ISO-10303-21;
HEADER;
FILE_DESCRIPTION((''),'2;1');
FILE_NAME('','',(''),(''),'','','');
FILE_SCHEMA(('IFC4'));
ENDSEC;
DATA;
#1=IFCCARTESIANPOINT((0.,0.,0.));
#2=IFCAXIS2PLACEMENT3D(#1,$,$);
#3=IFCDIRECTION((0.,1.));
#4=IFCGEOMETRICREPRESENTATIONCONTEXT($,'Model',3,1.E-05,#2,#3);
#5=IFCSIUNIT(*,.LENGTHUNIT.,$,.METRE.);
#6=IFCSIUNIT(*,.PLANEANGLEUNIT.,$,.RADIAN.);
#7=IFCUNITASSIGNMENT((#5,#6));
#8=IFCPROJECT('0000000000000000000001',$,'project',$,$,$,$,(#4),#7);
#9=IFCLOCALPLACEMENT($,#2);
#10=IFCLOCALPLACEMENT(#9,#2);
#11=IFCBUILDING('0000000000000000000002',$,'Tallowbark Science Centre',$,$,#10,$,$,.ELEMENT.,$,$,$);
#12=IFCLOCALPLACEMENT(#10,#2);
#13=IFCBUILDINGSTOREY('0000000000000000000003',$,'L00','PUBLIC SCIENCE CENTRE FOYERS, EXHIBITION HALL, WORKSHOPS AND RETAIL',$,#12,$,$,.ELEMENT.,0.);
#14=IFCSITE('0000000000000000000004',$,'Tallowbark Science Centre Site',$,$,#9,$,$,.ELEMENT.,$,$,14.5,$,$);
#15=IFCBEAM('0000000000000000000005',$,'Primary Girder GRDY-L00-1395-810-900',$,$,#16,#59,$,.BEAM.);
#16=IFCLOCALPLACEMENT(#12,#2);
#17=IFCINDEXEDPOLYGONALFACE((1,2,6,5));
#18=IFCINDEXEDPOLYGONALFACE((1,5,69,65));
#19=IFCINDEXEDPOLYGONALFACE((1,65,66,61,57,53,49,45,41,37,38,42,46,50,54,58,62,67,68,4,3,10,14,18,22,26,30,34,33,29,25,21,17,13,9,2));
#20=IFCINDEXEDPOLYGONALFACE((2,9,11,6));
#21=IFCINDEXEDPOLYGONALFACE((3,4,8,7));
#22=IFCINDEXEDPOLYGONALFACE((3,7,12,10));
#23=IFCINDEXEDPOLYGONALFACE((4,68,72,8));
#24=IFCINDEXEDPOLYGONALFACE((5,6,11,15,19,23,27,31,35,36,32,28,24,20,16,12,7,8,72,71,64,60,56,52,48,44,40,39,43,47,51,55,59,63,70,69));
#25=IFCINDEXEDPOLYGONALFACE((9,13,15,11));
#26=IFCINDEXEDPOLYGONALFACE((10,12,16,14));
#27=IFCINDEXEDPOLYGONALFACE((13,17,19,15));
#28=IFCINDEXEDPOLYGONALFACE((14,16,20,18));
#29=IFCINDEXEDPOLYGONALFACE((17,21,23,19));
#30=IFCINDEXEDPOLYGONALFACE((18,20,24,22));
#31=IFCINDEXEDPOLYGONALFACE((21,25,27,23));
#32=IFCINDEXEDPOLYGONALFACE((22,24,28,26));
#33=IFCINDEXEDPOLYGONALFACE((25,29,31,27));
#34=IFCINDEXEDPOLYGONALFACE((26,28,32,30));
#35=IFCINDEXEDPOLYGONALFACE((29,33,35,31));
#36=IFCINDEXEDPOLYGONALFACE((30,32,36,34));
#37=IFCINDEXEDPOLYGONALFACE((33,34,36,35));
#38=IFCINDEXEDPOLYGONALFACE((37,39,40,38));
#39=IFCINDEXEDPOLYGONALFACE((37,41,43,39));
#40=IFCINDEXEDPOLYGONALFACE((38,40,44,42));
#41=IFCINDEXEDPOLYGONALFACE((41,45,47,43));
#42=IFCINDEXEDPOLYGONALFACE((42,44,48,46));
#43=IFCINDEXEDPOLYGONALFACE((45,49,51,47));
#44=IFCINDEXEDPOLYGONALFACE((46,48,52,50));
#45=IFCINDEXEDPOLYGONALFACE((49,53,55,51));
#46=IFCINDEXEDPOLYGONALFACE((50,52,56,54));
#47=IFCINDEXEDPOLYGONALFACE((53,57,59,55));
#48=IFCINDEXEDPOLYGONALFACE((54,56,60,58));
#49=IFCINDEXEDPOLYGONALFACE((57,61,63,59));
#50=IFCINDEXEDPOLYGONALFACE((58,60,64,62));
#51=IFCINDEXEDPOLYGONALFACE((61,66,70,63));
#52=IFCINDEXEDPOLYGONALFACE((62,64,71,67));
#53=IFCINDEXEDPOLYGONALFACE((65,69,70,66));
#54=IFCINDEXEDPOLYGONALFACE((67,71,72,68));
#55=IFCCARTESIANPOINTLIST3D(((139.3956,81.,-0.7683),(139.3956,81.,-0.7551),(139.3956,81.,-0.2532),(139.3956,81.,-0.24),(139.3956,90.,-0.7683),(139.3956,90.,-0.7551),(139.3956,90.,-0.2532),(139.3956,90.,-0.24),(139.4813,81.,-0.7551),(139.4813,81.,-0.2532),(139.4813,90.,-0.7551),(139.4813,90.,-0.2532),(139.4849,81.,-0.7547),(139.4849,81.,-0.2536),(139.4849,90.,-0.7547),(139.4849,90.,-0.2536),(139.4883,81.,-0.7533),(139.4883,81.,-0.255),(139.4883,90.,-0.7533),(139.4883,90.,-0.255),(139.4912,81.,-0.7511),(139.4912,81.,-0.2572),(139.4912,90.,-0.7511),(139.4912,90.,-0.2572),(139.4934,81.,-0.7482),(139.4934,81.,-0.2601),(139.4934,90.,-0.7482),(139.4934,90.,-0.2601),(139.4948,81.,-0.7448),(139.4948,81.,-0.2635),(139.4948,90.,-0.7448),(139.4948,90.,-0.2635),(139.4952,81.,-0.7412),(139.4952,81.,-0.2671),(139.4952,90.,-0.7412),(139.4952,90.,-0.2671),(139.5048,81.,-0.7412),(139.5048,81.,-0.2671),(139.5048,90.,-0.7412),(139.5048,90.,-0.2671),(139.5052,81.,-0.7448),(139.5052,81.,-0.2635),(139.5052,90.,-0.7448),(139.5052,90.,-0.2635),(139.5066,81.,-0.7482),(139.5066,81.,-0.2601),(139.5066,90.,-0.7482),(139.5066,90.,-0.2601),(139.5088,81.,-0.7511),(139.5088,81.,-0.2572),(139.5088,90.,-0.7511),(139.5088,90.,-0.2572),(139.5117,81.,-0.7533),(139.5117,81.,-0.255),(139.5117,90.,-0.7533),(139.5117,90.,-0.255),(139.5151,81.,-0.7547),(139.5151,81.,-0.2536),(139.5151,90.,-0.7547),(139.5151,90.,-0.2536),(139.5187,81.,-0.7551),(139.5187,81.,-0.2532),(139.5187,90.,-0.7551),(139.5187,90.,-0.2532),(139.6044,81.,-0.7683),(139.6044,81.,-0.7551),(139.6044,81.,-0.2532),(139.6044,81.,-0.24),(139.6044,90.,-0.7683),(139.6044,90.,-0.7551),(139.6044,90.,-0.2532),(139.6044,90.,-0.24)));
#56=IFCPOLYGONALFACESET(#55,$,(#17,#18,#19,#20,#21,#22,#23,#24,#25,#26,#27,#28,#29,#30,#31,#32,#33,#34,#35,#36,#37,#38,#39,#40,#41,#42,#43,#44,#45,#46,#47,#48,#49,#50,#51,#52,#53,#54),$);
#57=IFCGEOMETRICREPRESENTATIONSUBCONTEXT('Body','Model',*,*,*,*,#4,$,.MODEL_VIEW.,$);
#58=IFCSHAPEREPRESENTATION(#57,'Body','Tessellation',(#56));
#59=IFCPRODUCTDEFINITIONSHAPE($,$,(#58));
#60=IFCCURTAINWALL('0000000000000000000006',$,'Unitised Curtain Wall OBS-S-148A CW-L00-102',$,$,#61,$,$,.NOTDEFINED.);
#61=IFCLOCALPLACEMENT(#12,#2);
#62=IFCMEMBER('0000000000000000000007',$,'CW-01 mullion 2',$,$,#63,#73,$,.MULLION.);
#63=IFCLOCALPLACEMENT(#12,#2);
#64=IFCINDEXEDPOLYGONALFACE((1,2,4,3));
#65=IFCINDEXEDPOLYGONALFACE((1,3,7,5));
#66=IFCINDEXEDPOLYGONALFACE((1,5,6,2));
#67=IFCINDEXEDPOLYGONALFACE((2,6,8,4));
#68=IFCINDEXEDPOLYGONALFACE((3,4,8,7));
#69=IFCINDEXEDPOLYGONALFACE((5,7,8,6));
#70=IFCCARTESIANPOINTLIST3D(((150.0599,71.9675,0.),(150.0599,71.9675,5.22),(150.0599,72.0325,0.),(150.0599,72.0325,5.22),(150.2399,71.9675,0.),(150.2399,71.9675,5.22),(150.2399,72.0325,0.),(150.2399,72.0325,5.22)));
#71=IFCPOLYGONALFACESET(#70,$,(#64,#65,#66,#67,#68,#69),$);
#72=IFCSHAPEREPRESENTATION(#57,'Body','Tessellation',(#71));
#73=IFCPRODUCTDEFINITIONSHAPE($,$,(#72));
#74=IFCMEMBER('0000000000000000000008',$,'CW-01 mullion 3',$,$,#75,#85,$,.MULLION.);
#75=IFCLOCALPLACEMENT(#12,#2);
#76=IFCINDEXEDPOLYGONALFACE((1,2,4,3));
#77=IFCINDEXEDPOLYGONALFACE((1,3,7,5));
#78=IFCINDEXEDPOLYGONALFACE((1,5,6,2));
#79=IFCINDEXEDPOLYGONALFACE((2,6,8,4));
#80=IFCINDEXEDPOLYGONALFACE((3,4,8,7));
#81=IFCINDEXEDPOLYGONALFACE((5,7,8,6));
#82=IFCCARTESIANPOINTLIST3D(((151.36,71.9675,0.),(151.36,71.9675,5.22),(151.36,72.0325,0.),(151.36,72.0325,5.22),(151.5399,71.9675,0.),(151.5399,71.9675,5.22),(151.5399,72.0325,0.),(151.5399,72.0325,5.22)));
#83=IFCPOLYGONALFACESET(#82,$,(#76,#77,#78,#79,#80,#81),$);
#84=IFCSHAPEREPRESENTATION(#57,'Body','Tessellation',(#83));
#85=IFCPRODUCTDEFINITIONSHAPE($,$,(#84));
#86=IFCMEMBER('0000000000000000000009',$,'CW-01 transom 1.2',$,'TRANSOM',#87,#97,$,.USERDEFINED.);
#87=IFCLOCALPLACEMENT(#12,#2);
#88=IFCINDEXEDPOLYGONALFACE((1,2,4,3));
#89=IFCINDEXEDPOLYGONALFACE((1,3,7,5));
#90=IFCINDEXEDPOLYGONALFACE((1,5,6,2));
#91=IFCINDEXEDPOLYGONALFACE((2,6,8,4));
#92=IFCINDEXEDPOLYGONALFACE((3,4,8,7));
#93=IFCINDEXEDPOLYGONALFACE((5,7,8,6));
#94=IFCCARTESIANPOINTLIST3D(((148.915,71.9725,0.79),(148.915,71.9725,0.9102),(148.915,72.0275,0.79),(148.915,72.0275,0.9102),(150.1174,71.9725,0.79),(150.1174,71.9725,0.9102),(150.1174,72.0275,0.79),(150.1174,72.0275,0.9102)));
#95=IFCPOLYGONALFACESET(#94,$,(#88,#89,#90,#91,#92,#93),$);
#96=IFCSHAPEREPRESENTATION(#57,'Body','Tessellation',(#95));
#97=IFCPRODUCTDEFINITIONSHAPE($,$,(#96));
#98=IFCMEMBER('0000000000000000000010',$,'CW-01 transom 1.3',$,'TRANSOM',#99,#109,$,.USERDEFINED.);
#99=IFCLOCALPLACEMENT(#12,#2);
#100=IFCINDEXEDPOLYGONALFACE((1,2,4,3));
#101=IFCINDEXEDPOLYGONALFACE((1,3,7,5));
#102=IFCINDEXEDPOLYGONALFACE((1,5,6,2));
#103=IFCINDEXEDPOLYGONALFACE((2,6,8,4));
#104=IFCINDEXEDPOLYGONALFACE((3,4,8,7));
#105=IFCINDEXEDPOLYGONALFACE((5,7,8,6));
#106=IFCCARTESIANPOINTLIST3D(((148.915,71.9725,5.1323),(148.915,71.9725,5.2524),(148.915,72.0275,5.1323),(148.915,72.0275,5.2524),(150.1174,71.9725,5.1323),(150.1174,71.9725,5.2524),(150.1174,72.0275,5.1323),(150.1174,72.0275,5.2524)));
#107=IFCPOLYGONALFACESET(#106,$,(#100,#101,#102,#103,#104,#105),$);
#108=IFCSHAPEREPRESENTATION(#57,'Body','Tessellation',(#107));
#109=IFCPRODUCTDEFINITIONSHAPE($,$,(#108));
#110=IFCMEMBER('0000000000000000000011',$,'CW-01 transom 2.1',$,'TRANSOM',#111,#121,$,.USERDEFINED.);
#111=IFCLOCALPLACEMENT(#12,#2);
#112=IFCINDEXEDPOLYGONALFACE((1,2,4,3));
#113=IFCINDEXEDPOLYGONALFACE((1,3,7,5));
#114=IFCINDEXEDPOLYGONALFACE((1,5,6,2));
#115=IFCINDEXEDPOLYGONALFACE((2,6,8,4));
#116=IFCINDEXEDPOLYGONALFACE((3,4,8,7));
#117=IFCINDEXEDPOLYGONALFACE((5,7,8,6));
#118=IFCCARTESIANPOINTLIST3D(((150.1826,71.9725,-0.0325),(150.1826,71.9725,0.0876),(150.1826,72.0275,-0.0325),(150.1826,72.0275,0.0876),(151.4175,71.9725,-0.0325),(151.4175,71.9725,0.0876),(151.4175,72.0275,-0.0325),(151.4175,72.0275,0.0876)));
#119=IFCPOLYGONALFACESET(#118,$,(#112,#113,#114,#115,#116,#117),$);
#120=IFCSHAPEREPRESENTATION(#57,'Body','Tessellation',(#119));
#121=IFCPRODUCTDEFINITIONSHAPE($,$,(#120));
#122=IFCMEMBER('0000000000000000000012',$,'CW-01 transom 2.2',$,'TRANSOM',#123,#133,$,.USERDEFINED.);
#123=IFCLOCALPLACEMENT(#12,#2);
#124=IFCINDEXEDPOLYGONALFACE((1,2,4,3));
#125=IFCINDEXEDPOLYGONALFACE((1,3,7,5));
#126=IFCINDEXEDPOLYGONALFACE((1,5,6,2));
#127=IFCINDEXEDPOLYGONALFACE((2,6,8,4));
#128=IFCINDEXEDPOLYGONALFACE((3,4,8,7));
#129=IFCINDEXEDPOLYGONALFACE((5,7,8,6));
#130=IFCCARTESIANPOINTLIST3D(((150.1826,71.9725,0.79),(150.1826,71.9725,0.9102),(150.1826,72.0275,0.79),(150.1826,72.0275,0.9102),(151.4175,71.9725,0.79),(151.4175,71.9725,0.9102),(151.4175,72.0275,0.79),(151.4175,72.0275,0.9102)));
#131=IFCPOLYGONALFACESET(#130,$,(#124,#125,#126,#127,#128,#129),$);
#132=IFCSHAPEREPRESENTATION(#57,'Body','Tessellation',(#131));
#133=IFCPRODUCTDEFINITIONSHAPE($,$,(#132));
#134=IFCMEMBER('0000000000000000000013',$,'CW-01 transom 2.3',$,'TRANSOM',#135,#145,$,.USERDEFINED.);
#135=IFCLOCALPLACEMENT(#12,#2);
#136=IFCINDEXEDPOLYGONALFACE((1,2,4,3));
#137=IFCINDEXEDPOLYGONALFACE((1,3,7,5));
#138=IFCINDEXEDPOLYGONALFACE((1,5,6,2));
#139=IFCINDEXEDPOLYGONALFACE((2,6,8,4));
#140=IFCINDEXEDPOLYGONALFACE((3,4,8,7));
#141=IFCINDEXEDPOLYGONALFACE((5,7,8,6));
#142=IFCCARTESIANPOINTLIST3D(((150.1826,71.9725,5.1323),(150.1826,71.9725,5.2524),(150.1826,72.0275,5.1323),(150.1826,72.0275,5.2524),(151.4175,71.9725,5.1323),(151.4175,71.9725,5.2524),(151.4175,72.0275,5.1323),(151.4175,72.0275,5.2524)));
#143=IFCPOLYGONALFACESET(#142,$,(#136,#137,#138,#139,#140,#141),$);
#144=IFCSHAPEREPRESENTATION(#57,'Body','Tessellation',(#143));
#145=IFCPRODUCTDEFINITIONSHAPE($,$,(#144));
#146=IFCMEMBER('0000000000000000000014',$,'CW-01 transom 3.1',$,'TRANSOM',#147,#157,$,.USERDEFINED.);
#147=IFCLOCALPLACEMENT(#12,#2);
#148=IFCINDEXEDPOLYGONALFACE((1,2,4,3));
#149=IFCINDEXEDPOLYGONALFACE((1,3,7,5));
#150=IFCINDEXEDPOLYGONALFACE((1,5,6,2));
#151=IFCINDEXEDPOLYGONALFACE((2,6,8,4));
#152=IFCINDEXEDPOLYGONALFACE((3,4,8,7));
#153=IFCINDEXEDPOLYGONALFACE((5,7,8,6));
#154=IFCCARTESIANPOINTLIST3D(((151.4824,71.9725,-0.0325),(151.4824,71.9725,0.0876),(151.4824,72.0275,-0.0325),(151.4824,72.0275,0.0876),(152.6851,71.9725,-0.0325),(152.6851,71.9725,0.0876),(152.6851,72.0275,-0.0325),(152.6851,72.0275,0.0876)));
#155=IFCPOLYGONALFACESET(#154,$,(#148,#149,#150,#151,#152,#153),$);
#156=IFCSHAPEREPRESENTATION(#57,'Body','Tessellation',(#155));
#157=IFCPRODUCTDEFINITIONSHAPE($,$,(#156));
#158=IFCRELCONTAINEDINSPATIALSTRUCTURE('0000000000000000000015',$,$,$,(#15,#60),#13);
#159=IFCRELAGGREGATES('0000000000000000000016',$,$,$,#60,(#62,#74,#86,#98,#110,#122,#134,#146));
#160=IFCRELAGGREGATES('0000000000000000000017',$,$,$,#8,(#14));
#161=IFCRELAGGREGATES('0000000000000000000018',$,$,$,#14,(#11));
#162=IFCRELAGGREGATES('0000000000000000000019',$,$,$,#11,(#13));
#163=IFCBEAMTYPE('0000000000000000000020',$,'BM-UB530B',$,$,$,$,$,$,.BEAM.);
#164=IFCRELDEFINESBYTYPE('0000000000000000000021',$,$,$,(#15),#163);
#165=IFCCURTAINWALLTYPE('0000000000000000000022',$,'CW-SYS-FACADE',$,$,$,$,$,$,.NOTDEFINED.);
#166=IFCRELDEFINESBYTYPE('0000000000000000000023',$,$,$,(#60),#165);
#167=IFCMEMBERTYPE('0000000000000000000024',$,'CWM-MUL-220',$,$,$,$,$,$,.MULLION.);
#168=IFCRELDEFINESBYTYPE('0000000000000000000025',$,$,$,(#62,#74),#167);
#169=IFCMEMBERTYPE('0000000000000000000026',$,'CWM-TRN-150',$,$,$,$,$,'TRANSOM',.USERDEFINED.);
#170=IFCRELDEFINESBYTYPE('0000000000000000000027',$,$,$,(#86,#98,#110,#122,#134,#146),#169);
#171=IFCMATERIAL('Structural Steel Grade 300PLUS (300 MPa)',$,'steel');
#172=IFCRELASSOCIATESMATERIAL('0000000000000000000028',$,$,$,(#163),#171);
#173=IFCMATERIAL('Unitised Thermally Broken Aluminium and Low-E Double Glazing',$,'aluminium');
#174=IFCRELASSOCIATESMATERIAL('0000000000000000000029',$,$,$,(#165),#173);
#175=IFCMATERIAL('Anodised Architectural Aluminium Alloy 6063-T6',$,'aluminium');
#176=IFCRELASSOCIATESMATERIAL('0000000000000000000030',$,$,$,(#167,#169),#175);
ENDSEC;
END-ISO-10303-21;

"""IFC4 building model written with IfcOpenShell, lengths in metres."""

from ifc_helpers import new_model, si_unit, direction, frame, origin, origin_2d, place, context, subcontext, project, spatial, rectangle, i_section, extrude, material, material_profile, profile_set, type_object, element, aggregate, save


model = new_model("IFC4")

# Units and contexts
model_context = context("Model", 3, precision=1e-05, world=origin(), true_north=direction((0.0, 1.0)))
body_context = subcontext(model_context, "Body", "Model", "MODEL_VIEW")
ifc_project = project(units=[si_unit("LENGTHUNIT", "METRE"), si_unit("PLANEANGLEUNIT", "RADIAN")], contexts=[model_context])

# Site, building, storey
site_placement = place(None, origin())
site = spatial("IfcSite", under=ifc_project, at=site_placement, Name="Tallowbark Science Centre Site", CompositionType="ELEMENT", RefElevation=14.5)
building_placement = place(site_placement, origin())
building = spatial("IfcBuilding", under=site, at=building_placement, Name="Tallowbark Science Centre", CompositionType="ELEMENT")
storey_placement = place(building_placement, origin())
storey = spatial("IfcBuildingStorey", under=building, at=storey_placement, Name="L00", Description="PUBLIC SCIENCE CENTRE FOYERS, EXHIBITION HALL, WORKSHOPS AND RETAIL", CompositionType="ELEMENT", Elevation=0.0)

# Shared definitions
ifc_material_1 = material(Name="Structural Steel Grade 300PLUS (300 MPa)", Category="steel")

# Beam
ifc_material_profile_1 = material_profile(ifc_material_1, i_section(OverallWidth=0.2087, OverallDepth=0.5283, WebThickness=0.0095, FlangeThickness=0.0132, FilletRadius=0.0139, at=origin_2d()), Name="530UB82.0")
ifc_profile_set_1 = profile_set([ifc_material_profile_1], Name="Structural Steel Grade 300PLUS (300 MPa)")
beam_type_1 = type_object("IfcBeamType", Name="BM-UB530B", PredefinedType="BEAM", material=ifc_profile_set_1)
beam_1_placement = place(storey_placement, frame((139.5, 81.0, -0.5042), z_axis=(0.0, 1.0, 0.0), x_axis=(-1.0, 0.0, 0.0)))
element("IfcBeam", 1, at=beam_1_placement, inside=storey, type_object=beam_type_1, Name="Primary Girder GRDY-L00-1395-810-900", PredefinedType="BEAM", context=body_context, shape_type="SweptSolid", body=[
    extrude(i_section(OverallWidth=0.2087, OverallDepth=0.5283, WebThickness=0.0095, FlangeThickness=0.0132, FilletRadius=0.0139, at=origin_2d()), origin(), (0.0, 0.0, 1.0), 9.0),
])

# Curtain wall, members
ifc_material_2 = material(Name="Unitised Thermally Broken Aluminium and Low-E Double Glazing", Category="aluminium")
curtain_wall_type = type_object("IfcCurtainWallType", Name="CW-SYS-FACADE", PredefinedType="NOTDEFINED", material=ifc_material_2)
curtain_wall_placement = place(storey_placement, origin())
curtain_wall = element("IfcCurtainWall", 2, at=curtain_wall_placement, inside=storey, type_object=curtain_wall_type, Name="Unitised Curtain Wall OBS-S-148A CW-L00-102", PredefinedType="NOTDEFINED")
ifc_material_3 = material(Name="Anodised Architectural Aluminium Alloy 6063-T6", Category="aluminium")
ifc_material_profile_2 = material_profile(ifc_material_3, rectangle(XDim=0.0649, YDim=0.1799, at=origin_2d()), Name="ALU65x180")
ifc_profile_set_2 = profile_set([ifc_material_profile_2], Name="Anodised Architectural Aluminium Alloy 6063-T6")
member_type_1 = type_object("IfcMemberType", Name="CWM-MUL-220", PredefinedType="MULLION", material=ifc_profile_set_2)
member_1_placement = place(storey_placement, frame((150.1499, 72.0, 0.0), z_axis=(0.0, 0.0, 1.0), x_axis=(0.0, 1.0, 0.0)))
member_1 = element("IfcMember", 3, at=member_1_placement, type_object=member_type_1, Name="CW-01 mullion 2", PredefinedType="MULLION", context=body_context, shape_type="SweptSolid", body=[
    extrude(rectangle(XDim=0.0649, YDim=0.1799, at=origin_2d()), origin(), (0.0, 0.0, 1.0), 5.22),
])
member_2_placement = place(storey_placement, frame((151.45, 72.0, 0.0), z_axis=(0.0, 0.0, 1.0), x_axis=(0.0, 1.0, 0.0)))
member_2 = element("IfcMember", 4, at=member_2_placement, type_object=member_type_1, Name="CW-01 mullion 3", PredefinedType="MULLION", context=body_context, shape_type="SweptSolid", body=[
    extrude(rectangle(XDim=0.0649, YDim=0.1799, at=origin_2d()), origin(), (0.0, 0.0, 1.0), 5.22),
])
ifc_material_profile_3 = material_profile(ifc_material_3, rectangle(XDim=0.0549, YDim=0.1201, at=origin_2d()), Name="ALU55x120")
ifc_profile_set_3 = profile_set([ifc_material_profile_3], Name="Anodised Architectural Aluminium Alloy 6063-T6")
member_type_2 = type_object("IfcMemberType", Name="CWM-TRN-150", ElementType="TRANSOM", PredefinedType="USERDEFINED", material=ifc_profile_set_3)
member_3_placement = place(storey_placement, frame((148.915, 72.0, 0.8501), z_axis=(1.0, 0.0, 0.0), x_axis=(0.0, 1.0, 0.0)))
member_3 = element("IfcMember", 5, at=member_3_placement, type_object=member_type_2, Name="CW-01 transom 1.2", ObjectType="TRANSOM", PredefinedType="USERDEFINED", context=body_context, shape_type="SweptSolid", body=[
    extrude(rectangle(XDim=0.0549, YDim=0.1201, at=origin_2d()), origin(), (0.0, 0.0, 1.0), 1.2024),
])
member_4_placement = place(storey_placement, frame((148.915, 72.0, 5.1924), z_axis=(1.0, 0.0, 0.0), x_axis=(0.0, 1.0, 0.0)))
member_4 = element("IfcMember", 6, at=member_4_placement, type_object=member_type_2, Name="CW-01 transom 1.3", ObjectType="TRANSOM", PredefinedType="USERDEFINED", context=body_context, shape_type="SweptSolid", body=[
    extrude(rectangle(XDim=0.0549, YDim=0.1201, at=origin_2d()), origin(), (0.0, 0.0, 1.0), 1.2024),
])
member_5_placement = place(storey_placement, frame((150.1826, 72.0, 0.0276), z_axis=(1.0, 0.0, 0.0), x_axis=(0.0, 1.0, 0.0)))
member_5 = element("IfcMember", 7, at=member_5_placement, type_object=member_type_2, Name="CW-01 transom 2.1", ObjectType="TRANSOM", PredefinedType="USERDEFINED", context=body_context, shape_type="SweptSolid", body=[
    extrude(rectangle(XDim=0.0549, YDim=0.1201, at=origin_2d()), origin(), (0.0, 0.0, 1.0), 1.2349),
])
member_6_placement = place(storey_placement, frame((150.1826, 72.0, 0.8501), z_axis=(1.0, 0.0, 0.0), x_axis=(0.0, 1.0, 0.0)))
member_6 = element("IfcMember", 8, at=member_6_placement, type_object=member_type_2, Name="CW-01 transom 2.2", ObjectType="TRANSOM", PredefinedType="USERDEFINED", context=body_context, shape_type="SweptSolid", body=[
    extrude(rectangle(XDim=0.0549, YDim=0.1201, at=origin_2d()), origin(), (0.0, 0.0, 1.0), 1.2349),
])
member_7_placement = place(storey_placement, frame((150.1826, 72.0, 5.1924), z_axis=(1.0, 0.0, 0.0), x_axis=(0.0, 1.0, 0.0)))
member_7 = element("IfcMember", 9, at=member_7_placement, type_object=member_type_2, Name="CW-01 transom 2.3", ObjectType="TRANSOM", PredefinedType="USERDEFINED", context=body_context, shape_type="SweptSolid", body=[
    extrude(rectangle(XDim=0.0549, YDim=0.1201, at=origin_2d()), origin(), (0.0, 0.0, 1.0), 1.2349),
])
member_8_placement = place(storey_placement, frame((151.4824, 72.0, 0.0276), z_axis=(1.0, 0.0, 0.0), x_axis=(0.0, 1.0, 0.0)))
member_8 = element("IfcMember", 10, at=member_8_placement, type_object=member_type_2, Name="CW-01 transom 3.1", ObjectType="TRANSOM", PredefinedType="USERDEFINED", context=body_context, shape_type="SweptSolid", body=[
    extrude(rectangle(XDim=0.0549, YDim=0.1201, at=origin_2d()), origin(), (0.0, 0.0, 1.0), 1.2026),
])

aggregate(curtain_wall, [member_1, member_2, member_3, member_4, member_5, member_6, member_7, member_8])

save(model, "model.ifc")
